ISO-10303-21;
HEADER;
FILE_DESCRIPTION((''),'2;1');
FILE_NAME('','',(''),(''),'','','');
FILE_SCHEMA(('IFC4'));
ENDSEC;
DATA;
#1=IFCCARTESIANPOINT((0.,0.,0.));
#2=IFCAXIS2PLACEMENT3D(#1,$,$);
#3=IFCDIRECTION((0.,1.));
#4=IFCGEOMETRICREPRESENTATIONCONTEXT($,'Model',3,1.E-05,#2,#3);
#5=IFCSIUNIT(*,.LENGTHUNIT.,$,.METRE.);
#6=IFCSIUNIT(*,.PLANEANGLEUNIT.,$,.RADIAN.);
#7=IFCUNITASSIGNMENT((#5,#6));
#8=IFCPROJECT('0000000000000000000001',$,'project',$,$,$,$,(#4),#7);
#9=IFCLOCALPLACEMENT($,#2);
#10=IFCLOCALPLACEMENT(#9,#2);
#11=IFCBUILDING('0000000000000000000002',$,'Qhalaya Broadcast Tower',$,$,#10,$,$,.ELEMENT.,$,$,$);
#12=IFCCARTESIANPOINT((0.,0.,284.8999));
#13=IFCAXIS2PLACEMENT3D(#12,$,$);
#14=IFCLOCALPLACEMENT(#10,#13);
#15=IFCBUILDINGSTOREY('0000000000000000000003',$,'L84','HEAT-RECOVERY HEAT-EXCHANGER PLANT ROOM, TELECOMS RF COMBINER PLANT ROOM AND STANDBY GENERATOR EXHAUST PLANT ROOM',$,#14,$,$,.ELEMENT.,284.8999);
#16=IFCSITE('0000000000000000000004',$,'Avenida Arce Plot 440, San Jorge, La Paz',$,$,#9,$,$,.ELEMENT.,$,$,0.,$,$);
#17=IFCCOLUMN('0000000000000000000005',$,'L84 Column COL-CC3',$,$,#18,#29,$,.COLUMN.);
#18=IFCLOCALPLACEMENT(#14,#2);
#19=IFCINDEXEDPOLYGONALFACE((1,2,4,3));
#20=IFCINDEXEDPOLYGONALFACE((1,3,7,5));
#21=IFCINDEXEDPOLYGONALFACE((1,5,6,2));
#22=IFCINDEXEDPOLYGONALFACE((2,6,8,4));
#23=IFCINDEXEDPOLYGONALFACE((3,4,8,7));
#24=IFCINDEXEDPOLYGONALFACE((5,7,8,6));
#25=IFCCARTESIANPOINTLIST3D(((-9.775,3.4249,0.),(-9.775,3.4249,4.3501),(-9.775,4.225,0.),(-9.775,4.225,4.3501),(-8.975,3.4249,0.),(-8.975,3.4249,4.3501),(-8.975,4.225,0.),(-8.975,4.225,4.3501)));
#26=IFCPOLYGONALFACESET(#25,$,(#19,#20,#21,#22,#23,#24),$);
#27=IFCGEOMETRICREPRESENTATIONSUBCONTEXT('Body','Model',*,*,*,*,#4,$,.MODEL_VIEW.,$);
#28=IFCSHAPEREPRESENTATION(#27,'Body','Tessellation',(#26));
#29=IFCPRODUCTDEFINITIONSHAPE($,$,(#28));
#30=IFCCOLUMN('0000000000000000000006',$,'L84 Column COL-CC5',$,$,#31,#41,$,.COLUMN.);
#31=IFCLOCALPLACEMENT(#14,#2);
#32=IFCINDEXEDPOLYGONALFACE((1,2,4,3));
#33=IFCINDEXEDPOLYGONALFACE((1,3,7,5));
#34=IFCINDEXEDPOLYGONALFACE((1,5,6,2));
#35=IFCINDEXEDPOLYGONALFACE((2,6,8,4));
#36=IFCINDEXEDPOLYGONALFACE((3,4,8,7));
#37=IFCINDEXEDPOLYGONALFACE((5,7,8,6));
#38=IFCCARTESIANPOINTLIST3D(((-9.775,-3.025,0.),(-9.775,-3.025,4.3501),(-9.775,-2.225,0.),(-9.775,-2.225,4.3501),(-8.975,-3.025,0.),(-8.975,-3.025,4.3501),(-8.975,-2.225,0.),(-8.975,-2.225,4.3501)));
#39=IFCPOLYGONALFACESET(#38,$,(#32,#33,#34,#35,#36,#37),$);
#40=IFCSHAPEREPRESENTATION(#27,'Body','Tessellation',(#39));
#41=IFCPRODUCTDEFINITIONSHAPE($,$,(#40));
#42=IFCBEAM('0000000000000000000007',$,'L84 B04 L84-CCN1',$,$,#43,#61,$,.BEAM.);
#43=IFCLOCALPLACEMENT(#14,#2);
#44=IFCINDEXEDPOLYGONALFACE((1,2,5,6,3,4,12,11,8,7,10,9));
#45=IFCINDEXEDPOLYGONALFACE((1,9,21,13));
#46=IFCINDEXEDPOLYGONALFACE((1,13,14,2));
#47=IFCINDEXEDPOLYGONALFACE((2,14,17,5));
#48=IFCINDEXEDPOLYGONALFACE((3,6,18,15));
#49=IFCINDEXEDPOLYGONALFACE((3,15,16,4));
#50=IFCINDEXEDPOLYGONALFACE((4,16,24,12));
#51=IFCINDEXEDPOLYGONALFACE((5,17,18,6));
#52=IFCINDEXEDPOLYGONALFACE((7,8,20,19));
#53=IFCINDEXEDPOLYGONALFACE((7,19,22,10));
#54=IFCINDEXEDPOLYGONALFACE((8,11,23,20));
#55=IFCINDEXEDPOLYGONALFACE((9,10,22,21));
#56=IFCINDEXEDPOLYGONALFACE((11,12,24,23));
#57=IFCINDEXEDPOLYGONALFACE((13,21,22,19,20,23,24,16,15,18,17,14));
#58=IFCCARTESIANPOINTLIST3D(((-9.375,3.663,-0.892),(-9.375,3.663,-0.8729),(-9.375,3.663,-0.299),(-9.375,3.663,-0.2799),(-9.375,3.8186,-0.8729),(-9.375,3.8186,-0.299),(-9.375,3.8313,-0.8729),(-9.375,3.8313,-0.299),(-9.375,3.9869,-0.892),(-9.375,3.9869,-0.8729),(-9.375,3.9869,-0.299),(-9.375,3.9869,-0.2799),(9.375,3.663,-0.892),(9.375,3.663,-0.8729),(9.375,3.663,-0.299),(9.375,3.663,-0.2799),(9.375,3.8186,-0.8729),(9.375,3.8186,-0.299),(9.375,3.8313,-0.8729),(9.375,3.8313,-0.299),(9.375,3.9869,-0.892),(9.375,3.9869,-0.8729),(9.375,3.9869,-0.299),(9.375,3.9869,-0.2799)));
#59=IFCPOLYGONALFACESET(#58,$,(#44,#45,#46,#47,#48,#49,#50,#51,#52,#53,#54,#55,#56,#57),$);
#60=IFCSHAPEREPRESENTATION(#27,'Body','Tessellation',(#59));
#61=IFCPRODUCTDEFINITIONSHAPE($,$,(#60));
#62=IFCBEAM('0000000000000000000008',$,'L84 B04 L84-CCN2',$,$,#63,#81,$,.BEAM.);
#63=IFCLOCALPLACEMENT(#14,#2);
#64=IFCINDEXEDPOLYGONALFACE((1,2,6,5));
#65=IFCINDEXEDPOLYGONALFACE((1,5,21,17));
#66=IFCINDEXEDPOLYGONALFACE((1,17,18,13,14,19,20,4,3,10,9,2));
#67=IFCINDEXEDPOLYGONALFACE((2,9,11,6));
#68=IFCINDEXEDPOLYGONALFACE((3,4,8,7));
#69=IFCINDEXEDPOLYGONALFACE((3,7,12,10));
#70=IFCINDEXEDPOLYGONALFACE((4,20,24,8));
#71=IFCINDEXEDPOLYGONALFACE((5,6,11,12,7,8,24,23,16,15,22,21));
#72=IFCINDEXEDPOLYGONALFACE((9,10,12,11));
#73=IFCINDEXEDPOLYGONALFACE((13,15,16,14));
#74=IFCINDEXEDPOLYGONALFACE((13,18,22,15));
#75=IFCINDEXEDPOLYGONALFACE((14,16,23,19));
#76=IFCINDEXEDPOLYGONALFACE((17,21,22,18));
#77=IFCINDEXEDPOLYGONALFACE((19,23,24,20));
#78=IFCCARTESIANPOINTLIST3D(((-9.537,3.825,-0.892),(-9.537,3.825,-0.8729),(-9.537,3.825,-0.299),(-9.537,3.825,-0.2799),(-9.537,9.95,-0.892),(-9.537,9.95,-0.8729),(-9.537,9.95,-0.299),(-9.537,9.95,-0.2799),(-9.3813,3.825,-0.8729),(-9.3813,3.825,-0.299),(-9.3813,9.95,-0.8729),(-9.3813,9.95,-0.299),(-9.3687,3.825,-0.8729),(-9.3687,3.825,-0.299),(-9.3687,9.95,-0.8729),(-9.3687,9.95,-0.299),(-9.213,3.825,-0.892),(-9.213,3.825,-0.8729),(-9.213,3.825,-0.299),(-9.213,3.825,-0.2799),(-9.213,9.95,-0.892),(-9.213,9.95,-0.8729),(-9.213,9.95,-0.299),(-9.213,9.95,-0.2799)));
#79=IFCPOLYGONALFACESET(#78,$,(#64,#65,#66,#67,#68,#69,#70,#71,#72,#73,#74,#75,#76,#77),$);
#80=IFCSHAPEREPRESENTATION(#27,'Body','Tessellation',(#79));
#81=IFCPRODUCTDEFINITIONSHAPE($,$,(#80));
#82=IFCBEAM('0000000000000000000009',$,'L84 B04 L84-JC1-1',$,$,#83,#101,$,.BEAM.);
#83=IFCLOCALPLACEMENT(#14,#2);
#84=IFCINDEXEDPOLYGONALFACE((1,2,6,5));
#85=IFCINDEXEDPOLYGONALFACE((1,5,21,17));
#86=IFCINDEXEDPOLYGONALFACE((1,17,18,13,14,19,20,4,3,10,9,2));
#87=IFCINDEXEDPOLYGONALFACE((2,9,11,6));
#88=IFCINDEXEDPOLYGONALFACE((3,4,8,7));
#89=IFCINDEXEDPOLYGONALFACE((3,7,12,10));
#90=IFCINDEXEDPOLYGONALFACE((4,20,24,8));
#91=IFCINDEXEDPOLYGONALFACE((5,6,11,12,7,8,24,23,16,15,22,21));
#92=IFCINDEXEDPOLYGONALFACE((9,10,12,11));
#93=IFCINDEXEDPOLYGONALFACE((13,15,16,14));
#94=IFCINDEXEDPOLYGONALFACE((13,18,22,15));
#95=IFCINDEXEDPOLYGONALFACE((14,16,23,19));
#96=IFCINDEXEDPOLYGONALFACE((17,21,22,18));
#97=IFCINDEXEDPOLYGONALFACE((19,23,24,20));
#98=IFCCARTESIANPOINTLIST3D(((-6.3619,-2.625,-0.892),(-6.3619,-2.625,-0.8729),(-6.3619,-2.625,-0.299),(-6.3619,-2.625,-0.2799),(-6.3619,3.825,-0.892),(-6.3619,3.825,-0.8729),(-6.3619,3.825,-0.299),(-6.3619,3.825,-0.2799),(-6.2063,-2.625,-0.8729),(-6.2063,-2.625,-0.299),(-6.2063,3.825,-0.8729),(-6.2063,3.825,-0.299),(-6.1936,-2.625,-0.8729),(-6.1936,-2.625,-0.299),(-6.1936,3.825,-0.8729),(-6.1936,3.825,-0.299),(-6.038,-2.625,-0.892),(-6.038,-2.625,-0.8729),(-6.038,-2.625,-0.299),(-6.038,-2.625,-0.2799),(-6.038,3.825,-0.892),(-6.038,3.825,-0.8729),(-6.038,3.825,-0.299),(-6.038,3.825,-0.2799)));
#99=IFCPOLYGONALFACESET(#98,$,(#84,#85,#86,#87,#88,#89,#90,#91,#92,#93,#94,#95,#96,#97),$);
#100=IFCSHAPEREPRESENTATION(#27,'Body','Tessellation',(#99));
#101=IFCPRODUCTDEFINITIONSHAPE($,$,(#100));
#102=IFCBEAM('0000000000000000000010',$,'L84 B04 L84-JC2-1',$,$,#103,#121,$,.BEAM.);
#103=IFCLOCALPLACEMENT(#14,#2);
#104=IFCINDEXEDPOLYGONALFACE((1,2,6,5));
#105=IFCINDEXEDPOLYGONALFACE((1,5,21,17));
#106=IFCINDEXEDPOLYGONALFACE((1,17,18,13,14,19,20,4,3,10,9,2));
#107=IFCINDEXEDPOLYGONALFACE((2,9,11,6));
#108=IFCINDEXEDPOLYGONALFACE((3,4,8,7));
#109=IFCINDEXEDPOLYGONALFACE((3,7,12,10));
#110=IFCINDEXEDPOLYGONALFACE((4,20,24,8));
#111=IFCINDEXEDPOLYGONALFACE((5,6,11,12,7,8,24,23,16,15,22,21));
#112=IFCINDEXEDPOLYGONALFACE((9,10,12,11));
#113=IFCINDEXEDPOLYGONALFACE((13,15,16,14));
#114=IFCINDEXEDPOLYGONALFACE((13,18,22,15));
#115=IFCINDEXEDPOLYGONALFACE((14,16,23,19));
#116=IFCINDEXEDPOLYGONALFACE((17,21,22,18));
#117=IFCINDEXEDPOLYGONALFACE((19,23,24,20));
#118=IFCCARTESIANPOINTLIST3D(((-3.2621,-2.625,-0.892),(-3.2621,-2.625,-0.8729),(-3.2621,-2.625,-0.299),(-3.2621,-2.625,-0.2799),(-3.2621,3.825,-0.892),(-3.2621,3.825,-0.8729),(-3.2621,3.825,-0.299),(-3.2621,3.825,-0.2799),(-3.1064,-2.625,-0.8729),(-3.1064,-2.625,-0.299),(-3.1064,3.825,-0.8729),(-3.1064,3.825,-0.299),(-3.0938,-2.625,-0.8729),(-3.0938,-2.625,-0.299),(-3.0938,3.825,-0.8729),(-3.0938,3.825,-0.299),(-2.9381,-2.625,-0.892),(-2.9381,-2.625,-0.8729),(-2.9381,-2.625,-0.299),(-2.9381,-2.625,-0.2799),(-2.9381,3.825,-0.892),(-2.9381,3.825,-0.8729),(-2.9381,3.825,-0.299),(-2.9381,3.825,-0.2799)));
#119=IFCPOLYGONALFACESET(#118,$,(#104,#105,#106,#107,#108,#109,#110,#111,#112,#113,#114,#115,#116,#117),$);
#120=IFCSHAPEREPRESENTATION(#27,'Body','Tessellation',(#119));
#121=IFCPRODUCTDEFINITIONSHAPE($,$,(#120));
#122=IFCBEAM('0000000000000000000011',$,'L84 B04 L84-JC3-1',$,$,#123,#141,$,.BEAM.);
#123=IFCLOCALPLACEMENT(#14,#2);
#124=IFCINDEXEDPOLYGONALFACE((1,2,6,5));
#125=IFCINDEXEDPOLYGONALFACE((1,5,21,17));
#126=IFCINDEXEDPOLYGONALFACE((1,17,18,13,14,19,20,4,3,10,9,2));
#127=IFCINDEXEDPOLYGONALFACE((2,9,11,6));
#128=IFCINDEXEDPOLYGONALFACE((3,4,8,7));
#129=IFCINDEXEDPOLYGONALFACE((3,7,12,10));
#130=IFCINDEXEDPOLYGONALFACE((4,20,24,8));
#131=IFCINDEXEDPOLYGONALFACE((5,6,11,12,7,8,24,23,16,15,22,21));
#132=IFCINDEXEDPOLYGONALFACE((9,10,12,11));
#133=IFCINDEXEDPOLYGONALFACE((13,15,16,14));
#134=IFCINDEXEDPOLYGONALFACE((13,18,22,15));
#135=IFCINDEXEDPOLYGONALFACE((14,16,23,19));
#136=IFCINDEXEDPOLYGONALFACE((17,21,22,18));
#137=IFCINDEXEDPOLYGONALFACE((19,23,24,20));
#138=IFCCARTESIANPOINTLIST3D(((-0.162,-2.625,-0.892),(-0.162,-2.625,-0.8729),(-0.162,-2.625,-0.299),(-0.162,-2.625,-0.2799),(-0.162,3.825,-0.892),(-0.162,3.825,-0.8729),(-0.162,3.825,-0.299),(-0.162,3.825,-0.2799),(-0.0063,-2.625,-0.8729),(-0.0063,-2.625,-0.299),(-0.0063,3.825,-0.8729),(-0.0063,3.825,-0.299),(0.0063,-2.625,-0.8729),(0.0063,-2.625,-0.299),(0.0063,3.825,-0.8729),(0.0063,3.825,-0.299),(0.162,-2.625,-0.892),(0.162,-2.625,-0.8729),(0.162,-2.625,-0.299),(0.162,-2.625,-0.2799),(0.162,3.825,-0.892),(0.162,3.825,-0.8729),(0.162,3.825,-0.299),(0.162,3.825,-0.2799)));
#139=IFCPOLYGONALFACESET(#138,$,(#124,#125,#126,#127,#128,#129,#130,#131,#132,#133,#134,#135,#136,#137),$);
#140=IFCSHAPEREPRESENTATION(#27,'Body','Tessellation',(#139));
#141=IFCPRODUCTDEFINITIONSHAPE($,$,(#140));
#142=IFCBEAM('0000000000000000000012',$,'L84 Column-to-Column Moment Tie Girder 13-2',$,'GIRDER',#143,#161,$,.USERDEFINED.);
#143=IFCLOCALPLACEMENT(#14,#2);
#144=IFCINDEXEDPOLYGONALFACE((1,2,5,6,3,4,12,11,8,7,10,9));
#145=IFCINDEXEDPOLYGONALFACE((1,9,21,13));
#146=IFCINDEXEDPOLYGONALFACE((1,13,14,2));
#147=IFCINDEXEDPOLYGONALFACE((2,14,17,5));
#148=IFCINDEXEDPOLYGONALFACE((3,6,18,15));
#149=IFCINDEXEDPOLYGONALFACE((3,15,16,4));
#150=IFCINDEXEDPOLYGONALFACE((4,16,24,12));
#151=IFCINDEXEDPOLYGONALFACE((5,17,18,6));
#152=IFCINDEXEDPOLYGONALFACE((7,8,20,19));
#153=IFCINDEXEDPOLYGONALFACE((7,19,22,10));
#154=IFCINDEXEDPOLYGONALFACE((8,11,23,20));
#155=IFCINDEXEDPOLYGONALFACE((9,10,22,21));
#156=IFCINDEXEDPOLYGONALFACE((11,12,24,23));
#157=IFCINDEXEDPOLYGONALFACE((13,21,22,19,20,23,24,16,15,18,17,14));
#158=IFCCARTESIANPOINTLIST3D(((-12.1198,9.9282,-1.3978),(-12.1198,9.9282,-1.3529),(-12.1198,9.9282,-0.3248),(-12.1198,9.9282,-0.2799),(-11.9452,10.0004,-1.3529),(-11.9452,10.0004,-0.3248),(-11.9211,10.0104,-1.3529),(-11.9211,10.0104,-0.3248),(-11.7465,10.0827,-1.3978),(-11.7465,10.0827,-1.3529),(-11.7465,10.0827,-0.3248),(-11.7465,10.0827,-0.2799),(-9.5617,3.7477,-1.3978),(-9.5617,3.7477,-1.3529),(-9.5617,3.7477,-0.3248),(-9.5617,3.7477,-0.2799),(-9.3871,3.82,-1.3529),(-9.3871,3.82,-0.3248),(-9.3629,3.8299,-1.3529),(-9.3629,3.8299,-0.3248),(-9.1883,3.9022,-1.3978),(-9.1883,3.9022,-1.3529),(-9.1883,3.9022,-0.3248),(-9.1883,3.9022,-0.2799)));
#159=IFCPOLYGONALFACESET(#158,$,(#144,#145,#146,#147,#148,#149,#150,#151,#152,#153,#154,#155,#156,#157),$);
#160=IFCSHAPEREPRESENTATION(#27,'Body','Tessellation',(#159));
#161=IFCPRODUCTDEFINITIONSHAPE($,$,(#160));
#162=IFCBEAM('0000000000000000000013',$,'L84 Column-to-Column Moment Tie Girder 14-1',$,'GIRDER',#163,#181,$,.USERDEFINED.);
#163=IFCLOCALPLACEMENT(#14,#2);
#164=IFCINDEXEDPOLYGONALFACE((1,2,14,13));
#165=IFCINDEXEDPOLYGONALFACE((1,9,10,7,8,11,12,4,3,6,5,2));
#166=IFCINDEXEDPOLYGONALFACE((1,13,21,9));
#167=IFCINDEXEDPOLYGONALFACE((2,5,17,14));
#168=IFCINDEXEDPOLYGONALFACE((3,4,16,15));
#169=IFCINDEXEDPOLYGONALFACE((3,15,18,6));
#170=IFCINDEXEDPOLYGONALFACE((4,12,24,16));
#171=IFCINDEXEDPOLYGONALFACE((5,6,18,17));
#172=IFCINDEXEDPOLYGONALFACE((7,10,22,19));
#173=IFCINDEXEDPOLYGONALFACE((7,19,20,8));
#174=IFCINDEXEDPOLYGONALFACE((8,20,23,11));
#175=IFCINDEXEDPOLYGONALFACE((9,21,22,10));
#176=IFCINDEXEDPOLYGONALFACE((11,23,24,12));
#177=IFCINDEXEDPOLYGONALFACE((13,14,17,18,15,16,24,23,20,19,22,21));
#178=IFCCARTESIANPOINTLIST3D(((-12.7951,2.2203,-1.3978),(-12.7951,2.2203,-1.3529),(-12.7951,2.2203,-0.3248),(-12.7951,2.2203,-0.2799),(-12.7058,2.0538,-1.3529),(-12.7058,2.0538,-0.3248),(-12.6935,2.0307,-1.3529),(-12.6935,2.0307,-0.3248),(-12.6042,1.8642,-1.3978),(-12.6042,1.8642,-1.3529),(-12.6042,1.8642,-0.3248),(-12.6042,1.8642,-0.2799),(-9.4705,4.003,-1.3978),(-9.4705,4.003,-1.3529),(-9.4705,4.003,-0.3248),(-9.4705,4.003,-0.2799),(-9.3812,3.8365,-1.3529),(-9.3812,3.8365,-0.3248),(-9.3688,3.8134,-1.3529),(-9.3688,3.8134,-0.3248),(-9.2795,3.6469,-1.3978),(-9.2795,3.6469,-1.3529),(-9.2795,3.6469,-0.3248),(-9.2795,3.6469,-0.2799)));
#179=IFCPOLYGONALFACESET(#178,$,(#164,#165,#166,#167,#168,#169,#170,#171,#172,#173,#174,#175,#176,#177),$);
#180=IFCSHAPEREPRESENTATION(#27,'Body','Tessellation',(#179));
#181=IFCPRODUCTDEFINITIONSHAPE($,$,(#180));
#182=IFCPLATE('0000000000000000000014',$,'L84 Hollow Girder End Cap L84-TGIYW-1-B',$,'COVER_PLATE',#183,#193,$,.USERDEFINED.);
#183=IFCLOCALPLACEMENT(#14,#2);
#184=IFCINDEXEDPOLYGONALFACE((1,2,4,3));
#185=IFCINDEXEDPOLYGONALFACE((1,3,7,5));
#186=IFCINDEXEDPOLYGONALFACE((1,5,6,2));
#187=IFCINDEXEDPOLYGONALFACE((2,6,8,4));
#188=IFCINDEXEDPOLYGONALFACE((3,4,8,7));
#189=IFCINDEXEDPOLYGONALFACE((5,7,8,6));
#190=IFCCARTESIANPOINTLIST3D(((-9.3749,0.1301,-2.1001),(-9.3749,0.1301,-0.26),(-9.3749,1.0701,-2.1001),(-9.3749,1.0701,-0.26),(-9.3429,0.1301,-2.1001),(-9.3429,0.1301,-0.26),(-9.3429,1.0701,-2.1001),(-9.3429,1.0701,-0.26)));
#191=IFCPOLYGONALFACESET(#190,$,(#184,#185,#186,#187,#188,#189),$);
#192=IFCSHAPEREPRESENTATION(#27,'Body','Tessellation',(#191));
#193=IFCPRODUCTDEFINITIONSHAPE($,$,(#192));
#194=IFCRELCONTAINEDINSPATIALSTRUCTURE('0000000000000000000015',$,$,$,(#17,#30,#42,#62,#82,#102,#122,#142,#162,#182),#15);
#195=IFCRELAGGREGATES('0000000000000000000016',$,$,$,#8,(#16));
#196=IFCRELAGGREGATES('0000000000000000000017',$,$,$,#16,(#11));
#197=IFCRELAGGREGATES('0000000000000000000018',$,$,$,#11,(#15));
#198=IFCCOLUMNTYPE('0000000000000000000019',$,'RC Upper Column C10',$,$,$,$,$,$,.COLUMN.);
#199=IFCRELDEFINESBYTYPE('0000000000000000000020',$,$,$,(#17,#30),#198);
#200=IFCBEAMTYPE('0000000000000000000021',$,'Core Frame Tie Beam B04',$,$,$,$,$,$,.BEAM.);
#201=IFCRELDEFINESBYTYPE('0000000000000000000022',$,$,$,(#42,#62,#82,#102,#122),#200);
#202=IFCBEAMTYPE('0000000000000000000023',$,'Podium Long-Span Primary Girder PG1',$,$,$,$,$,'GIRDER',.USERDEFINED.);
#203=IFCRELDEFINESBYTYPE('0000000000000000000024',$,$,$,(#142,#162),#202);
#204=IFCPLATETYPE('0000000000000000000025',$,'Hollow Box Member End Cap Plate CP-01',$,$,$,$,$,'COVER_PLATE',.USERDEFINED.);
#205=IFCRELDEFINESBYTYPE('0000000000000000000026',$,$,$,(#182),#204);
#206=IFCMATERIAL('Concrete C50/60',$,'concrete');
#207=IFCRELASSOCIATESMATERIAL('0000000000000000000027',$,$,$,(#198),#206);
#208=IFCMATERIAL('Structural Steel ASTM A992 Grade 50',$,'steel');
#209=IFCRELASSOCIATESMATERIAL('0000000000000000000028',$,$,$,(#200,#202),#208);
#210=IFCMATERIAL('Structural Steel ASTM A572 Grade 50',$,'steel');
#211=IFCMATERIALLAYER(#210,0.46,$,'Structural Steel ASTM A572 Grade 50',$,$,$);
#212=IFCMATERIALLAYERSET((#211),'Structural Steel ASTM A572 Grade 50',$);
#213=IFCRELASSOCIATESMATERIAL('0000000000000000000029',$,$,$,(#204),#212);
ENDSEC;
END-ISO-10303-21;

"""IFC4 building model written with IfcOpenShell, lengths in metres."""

from ifc_helpers import new_model, si_unit, direction, frame, origin, origin_2d, place, context, subcontext, project, spatial, rectangle, i_section, extrude, material, layer, layer_set, material_profile, profile_set, type_object, element, save


model = new_model("IFC4")

# Units and contexts
model_context = context("Model", 3, precision=1e-05, world=origin(), true_north=direction((0.0, 1.0)))
body_context = subcontext(model_context, "Body", "Model", "MODEL_VIEW")
ifc_project = project(units=[si_unit("LENGTHUNIT", "METRE"), si_unit("PLANEANGLEUNIT", "RADIAN")], contexts=[model_context])

# Site, building, storey
site_placement = place(None, origin())
site = spatial("IfcSite", under=ifc_project, at=site_placement, Name="Avenida Arce Plot 440, San Jorge, La Paz", CompositionType="ELEMENT", RefElevation=0.0)
building_placement = place(site_placement, origin())
building = spatial("IfcBuilding", under=site, at=building_placement, Name="Qhalaya Broadcast Tower", CompositionType="ELEMENT")
storey_placement = place(building_placement, frame((0.0, 0.0, 284.8999)))
storey = spatial("IfcBuildingStorey", under=building, at=storey_placement, Name="L84", Description="HEAT-RECOVERY HEAT-EXCHANGER PLANT ROOM, TELECOMS RF COMBINER PLANT ROOM AND STANDBY GENERATOR EXHAUST PLANT ROOM", CompositionType="ELEMENT", Elevation=284.8999)

# Columns
ifc_material_1 = material(Name="Concrete C50/60", Category="concrete")
ifc_material_profile_1 = material_profile(ifc_material_1, rectangle(XDim=0.8, YDim=0.8, at=origin_2d()), Name="RC-COL 800x800")
ifc_profile_set_1 = profile_set([ifc_material_profile_1], Name="Concrete C50/60")
column_type = type_object("IfcColumnType", Name="RC Upper Column C10", PredefinedType="COLUMN", material=ifc_profile_set_1)
for number, where, z_axis, x_axis, name in (
    (1, (-9.375, 3.825, 0.0), (0.0, 0.0, 1.0), (1.0, 0.0, 0.0), "L84 Column COL-CC3"),
    (2, (-9.375, -2.625, 0.0), (0.0, 0.0, 1.0), (1.0, 0.0, 0.0), "L84 Column COL-CC5"),
):
    element("IfcColumn", number, at=place(storey_placement, frame(where, z_axis=z_axis, x_axis=x_axis)), inside=storey, type_object=column_type, Name=name, PredefinedType="COLUMN", context=body_context, shape_type="SweptSolid", body=[
        extrude(rectangle(XDim=0.8, YDim=0.8, at=origin_2d()), origin(), (0.0, 0.0, 1.0), 4.3501),
    ])

# Beams
ifc_material_2 = material(Name="Structural Steel ASTM A992 Grade 50", Category="steel")
ifc_material_profile_2 = material_profile(ifc_material_2, i_section(OverallWidth=0.324, OverallDepth=0.6121, WebThickness=0.0127, FlangeThickness=0.019, at=origin_2d()), Name="W24X104")
ifc_profile_set_2 = profile_set([ifc_material_profile_2], Name="Structural Steel ASTM A992 Grade 50")
beam_type_1 = type_object("IfcBeamType", Name="Core Frame Tie Beam B04", PredefinedType="BEAM", material=ifc_profile_set_2)
beam_1_placement = place(storey_placement, frame((-9.375, 3.825, -0.5859), z_axis=(1.0, 0.0, 0.0), x_axis=(0.0, 1.0, 0.0)))
element("IfcBeam", 3, at=beam_1_placement, inside=storey, type_object=beam_type_1, Name="L84 B04 L84-CCN1", PredefinedType="BEAM", context=body_context, shape_type="SweptSolid", body=[
    extrude(i_section(OverallWidth=0.324, OverallDepth=0.6121, WebThickness=0.0127, FlangeThickness=0.019, at=origin_2d()), origin(), (0.0, 0.0, 1.0), 18.75),
])
beam_2_placement = place(storey_placement, frame((-9.375, 3.825, -0.5859), z_axis=(0.0, 1.0, 0.0), x_axis=(-1.0, 0.0, 0.0)))
element("IfcBeam", 4, at=beam_2_placement, inside=storey, type_object=beam_type_1, Name="L84 B04 L84-CCN2", PredefinedType="BEAM", context=body_context, shape_type="SweptSolid", body=[
    extrude(i_section(OverallWidth=0.324, OverallDepth=0.6121, WebThickness=0.0127, FlangeThickness=0.019, at=origin_2d()), origin(), (0.0, 0.0, 1.0), 6.125),
])
for number, where, z_axis, x_axis, name in (
    (5, (-6.2, -2.625, -0.5859), (0.0, 1.0, 0.0), (-1.0, 0.0, 0.0), "L84 B04 L84-JC1-1"),
    (6, (-3.1001, -2.625, -0.5859), (0.0, 1.0, 0.0), (-1.0, 0.0, 0.0), "L84 B04 L84-JC2-1"),
    (7, (0.0, -2.625, -0.5859), (0.0, 1.0, 0.0), (-1.0, 0.0, 0.0), "L84 B04 L84-JC3-1"),
):
    element("IfcBeam", number, at=place(storey_placement, frame(where, z_axis=z_axis, x_axis=x_axis)), inside=storey, type_object=beam_type_1, Name=name, PredefinedType="BEAM", context=body_context, shape_type="SweptSolid", body=[
        extrude(i_section(OverallWidth=0.324, OverallDepth=0.6121, WebThickness=0.0127, FlangeThickness=0.019, at=origin_2d()), origin(), (0.0, 0.0, 1.0), 6.45),
    ])
ifc_material_profile_3 = material_profile(ifc_material_2, i_section(OverallWidth=0.4041, OverallDepth=1.1179, WebThickness=0.0261, FlangeThickness=0.0449, at=origin_2d()), Name="W44X335")
ifc_profile_set_3 = profile_set([ifc_material_profile_3], Name="Structural Steel ASTM A992 Grade 50")
beam_type_2 = type_object("IfcBeamType", Name="Podium Long-Span Primary Girder PG1", ElementType="GIRDER", PredefinedType="USERDEFINED", material=ifc_profile_set_3)
beam_3_placement = place(storey_placement, frame((-9.375, 3.825, -0.8389), z_axis=(-0.38244, 0.92398, 0.0), x_axis=(-0.92398, -0.38244, 0.0)))
element("IfcBeam", 8, at=beam_3_placement, inside=storey, type_object=beam_type_2, Name="L84 Column-to-Column Moment Tie Girder 13-2", ObjectType="GIRDER", PredefinedType="USERDEFINED", context=body_context, shape_type="SweptSolid", body=[
    extrude(i_section(OverallWidth=0.4041, OverallDepth=1.1179, WebThickness=0.0261, FlangeThickness=0.0449, at=origin_2d()), origin(), (0.0, 0.0, 1.0), 6.689),
])
beam_4_placement = place(storey_placement, frame((-9.375, 3.825, -0.8389), z_axis=(-0.881301, -0.472555, 0.0), x_axis=(0.472555, -0.881301, 0.0)))
element("IfcBeam", 9, at=beam_4_placement, inside=storey, type_object=beam_type_2, Name="L84 Column-to-Column Moment Tie Girder 14-1", ObjectType="GIRDER", PredefinedType="USERDEFINED", context=body_context, shape_type="SweptSolid", body=[
    extrude(i_section(OverallWidth=0.4041, OverallDepth=1.1179, WebThickness=0.0261, FlangeThickness=0.0449, at=origin_2d()), origin(), (0.0, 0.0, 1.0), 3.7725),
])

# Plate
ifc_material_3 = material(Name="Structural Steel ASTM A572 Grade 50", Category="steel")
ifc_layer_1 = layer(ifc_material_3, 0.46, Name="Structural Steel ASTM A572 Grade 50")
ifc_layer_set_1 = layer_set([ifc_layer_1], Name="Structural Steel ASTM A572 Grade 50")
plate_type = type_object("IfcPlateType", Name="Hollow Box Member End Cap Plate CP-01", ElementType="COVER_PLATE", PredefinedType="USERDEFINED", material=ifc_layer_set_1)
for number, where, z_axis, x_axis, name in (
    (10, (-9.3589, 0.6001, -2.1001), (0.0, 0.0, 1.0), (0.0, 1.0, 0.0), "L84 Hollow Girder End Cap L84-TGIYW-1-B"),
):
    element("IfcPlate", number, at=place(storey_placement, frame(where, z_axis=z_axis, x_axis=x_axis)), inside=storey, type_object=plate_type, Name=name, ObjectType="COVER_PLATE", PredefinedType="USERDEFINED", context=body_context, shape_type="SweptSolid", body=[
        extrude(rectangle(XDim=0.9399, YDim=0.032, at=origin_2d()), origin(), (0.0, 0.0, 1.0), 1.8401),
    ])

save(model, "model.ifc")
